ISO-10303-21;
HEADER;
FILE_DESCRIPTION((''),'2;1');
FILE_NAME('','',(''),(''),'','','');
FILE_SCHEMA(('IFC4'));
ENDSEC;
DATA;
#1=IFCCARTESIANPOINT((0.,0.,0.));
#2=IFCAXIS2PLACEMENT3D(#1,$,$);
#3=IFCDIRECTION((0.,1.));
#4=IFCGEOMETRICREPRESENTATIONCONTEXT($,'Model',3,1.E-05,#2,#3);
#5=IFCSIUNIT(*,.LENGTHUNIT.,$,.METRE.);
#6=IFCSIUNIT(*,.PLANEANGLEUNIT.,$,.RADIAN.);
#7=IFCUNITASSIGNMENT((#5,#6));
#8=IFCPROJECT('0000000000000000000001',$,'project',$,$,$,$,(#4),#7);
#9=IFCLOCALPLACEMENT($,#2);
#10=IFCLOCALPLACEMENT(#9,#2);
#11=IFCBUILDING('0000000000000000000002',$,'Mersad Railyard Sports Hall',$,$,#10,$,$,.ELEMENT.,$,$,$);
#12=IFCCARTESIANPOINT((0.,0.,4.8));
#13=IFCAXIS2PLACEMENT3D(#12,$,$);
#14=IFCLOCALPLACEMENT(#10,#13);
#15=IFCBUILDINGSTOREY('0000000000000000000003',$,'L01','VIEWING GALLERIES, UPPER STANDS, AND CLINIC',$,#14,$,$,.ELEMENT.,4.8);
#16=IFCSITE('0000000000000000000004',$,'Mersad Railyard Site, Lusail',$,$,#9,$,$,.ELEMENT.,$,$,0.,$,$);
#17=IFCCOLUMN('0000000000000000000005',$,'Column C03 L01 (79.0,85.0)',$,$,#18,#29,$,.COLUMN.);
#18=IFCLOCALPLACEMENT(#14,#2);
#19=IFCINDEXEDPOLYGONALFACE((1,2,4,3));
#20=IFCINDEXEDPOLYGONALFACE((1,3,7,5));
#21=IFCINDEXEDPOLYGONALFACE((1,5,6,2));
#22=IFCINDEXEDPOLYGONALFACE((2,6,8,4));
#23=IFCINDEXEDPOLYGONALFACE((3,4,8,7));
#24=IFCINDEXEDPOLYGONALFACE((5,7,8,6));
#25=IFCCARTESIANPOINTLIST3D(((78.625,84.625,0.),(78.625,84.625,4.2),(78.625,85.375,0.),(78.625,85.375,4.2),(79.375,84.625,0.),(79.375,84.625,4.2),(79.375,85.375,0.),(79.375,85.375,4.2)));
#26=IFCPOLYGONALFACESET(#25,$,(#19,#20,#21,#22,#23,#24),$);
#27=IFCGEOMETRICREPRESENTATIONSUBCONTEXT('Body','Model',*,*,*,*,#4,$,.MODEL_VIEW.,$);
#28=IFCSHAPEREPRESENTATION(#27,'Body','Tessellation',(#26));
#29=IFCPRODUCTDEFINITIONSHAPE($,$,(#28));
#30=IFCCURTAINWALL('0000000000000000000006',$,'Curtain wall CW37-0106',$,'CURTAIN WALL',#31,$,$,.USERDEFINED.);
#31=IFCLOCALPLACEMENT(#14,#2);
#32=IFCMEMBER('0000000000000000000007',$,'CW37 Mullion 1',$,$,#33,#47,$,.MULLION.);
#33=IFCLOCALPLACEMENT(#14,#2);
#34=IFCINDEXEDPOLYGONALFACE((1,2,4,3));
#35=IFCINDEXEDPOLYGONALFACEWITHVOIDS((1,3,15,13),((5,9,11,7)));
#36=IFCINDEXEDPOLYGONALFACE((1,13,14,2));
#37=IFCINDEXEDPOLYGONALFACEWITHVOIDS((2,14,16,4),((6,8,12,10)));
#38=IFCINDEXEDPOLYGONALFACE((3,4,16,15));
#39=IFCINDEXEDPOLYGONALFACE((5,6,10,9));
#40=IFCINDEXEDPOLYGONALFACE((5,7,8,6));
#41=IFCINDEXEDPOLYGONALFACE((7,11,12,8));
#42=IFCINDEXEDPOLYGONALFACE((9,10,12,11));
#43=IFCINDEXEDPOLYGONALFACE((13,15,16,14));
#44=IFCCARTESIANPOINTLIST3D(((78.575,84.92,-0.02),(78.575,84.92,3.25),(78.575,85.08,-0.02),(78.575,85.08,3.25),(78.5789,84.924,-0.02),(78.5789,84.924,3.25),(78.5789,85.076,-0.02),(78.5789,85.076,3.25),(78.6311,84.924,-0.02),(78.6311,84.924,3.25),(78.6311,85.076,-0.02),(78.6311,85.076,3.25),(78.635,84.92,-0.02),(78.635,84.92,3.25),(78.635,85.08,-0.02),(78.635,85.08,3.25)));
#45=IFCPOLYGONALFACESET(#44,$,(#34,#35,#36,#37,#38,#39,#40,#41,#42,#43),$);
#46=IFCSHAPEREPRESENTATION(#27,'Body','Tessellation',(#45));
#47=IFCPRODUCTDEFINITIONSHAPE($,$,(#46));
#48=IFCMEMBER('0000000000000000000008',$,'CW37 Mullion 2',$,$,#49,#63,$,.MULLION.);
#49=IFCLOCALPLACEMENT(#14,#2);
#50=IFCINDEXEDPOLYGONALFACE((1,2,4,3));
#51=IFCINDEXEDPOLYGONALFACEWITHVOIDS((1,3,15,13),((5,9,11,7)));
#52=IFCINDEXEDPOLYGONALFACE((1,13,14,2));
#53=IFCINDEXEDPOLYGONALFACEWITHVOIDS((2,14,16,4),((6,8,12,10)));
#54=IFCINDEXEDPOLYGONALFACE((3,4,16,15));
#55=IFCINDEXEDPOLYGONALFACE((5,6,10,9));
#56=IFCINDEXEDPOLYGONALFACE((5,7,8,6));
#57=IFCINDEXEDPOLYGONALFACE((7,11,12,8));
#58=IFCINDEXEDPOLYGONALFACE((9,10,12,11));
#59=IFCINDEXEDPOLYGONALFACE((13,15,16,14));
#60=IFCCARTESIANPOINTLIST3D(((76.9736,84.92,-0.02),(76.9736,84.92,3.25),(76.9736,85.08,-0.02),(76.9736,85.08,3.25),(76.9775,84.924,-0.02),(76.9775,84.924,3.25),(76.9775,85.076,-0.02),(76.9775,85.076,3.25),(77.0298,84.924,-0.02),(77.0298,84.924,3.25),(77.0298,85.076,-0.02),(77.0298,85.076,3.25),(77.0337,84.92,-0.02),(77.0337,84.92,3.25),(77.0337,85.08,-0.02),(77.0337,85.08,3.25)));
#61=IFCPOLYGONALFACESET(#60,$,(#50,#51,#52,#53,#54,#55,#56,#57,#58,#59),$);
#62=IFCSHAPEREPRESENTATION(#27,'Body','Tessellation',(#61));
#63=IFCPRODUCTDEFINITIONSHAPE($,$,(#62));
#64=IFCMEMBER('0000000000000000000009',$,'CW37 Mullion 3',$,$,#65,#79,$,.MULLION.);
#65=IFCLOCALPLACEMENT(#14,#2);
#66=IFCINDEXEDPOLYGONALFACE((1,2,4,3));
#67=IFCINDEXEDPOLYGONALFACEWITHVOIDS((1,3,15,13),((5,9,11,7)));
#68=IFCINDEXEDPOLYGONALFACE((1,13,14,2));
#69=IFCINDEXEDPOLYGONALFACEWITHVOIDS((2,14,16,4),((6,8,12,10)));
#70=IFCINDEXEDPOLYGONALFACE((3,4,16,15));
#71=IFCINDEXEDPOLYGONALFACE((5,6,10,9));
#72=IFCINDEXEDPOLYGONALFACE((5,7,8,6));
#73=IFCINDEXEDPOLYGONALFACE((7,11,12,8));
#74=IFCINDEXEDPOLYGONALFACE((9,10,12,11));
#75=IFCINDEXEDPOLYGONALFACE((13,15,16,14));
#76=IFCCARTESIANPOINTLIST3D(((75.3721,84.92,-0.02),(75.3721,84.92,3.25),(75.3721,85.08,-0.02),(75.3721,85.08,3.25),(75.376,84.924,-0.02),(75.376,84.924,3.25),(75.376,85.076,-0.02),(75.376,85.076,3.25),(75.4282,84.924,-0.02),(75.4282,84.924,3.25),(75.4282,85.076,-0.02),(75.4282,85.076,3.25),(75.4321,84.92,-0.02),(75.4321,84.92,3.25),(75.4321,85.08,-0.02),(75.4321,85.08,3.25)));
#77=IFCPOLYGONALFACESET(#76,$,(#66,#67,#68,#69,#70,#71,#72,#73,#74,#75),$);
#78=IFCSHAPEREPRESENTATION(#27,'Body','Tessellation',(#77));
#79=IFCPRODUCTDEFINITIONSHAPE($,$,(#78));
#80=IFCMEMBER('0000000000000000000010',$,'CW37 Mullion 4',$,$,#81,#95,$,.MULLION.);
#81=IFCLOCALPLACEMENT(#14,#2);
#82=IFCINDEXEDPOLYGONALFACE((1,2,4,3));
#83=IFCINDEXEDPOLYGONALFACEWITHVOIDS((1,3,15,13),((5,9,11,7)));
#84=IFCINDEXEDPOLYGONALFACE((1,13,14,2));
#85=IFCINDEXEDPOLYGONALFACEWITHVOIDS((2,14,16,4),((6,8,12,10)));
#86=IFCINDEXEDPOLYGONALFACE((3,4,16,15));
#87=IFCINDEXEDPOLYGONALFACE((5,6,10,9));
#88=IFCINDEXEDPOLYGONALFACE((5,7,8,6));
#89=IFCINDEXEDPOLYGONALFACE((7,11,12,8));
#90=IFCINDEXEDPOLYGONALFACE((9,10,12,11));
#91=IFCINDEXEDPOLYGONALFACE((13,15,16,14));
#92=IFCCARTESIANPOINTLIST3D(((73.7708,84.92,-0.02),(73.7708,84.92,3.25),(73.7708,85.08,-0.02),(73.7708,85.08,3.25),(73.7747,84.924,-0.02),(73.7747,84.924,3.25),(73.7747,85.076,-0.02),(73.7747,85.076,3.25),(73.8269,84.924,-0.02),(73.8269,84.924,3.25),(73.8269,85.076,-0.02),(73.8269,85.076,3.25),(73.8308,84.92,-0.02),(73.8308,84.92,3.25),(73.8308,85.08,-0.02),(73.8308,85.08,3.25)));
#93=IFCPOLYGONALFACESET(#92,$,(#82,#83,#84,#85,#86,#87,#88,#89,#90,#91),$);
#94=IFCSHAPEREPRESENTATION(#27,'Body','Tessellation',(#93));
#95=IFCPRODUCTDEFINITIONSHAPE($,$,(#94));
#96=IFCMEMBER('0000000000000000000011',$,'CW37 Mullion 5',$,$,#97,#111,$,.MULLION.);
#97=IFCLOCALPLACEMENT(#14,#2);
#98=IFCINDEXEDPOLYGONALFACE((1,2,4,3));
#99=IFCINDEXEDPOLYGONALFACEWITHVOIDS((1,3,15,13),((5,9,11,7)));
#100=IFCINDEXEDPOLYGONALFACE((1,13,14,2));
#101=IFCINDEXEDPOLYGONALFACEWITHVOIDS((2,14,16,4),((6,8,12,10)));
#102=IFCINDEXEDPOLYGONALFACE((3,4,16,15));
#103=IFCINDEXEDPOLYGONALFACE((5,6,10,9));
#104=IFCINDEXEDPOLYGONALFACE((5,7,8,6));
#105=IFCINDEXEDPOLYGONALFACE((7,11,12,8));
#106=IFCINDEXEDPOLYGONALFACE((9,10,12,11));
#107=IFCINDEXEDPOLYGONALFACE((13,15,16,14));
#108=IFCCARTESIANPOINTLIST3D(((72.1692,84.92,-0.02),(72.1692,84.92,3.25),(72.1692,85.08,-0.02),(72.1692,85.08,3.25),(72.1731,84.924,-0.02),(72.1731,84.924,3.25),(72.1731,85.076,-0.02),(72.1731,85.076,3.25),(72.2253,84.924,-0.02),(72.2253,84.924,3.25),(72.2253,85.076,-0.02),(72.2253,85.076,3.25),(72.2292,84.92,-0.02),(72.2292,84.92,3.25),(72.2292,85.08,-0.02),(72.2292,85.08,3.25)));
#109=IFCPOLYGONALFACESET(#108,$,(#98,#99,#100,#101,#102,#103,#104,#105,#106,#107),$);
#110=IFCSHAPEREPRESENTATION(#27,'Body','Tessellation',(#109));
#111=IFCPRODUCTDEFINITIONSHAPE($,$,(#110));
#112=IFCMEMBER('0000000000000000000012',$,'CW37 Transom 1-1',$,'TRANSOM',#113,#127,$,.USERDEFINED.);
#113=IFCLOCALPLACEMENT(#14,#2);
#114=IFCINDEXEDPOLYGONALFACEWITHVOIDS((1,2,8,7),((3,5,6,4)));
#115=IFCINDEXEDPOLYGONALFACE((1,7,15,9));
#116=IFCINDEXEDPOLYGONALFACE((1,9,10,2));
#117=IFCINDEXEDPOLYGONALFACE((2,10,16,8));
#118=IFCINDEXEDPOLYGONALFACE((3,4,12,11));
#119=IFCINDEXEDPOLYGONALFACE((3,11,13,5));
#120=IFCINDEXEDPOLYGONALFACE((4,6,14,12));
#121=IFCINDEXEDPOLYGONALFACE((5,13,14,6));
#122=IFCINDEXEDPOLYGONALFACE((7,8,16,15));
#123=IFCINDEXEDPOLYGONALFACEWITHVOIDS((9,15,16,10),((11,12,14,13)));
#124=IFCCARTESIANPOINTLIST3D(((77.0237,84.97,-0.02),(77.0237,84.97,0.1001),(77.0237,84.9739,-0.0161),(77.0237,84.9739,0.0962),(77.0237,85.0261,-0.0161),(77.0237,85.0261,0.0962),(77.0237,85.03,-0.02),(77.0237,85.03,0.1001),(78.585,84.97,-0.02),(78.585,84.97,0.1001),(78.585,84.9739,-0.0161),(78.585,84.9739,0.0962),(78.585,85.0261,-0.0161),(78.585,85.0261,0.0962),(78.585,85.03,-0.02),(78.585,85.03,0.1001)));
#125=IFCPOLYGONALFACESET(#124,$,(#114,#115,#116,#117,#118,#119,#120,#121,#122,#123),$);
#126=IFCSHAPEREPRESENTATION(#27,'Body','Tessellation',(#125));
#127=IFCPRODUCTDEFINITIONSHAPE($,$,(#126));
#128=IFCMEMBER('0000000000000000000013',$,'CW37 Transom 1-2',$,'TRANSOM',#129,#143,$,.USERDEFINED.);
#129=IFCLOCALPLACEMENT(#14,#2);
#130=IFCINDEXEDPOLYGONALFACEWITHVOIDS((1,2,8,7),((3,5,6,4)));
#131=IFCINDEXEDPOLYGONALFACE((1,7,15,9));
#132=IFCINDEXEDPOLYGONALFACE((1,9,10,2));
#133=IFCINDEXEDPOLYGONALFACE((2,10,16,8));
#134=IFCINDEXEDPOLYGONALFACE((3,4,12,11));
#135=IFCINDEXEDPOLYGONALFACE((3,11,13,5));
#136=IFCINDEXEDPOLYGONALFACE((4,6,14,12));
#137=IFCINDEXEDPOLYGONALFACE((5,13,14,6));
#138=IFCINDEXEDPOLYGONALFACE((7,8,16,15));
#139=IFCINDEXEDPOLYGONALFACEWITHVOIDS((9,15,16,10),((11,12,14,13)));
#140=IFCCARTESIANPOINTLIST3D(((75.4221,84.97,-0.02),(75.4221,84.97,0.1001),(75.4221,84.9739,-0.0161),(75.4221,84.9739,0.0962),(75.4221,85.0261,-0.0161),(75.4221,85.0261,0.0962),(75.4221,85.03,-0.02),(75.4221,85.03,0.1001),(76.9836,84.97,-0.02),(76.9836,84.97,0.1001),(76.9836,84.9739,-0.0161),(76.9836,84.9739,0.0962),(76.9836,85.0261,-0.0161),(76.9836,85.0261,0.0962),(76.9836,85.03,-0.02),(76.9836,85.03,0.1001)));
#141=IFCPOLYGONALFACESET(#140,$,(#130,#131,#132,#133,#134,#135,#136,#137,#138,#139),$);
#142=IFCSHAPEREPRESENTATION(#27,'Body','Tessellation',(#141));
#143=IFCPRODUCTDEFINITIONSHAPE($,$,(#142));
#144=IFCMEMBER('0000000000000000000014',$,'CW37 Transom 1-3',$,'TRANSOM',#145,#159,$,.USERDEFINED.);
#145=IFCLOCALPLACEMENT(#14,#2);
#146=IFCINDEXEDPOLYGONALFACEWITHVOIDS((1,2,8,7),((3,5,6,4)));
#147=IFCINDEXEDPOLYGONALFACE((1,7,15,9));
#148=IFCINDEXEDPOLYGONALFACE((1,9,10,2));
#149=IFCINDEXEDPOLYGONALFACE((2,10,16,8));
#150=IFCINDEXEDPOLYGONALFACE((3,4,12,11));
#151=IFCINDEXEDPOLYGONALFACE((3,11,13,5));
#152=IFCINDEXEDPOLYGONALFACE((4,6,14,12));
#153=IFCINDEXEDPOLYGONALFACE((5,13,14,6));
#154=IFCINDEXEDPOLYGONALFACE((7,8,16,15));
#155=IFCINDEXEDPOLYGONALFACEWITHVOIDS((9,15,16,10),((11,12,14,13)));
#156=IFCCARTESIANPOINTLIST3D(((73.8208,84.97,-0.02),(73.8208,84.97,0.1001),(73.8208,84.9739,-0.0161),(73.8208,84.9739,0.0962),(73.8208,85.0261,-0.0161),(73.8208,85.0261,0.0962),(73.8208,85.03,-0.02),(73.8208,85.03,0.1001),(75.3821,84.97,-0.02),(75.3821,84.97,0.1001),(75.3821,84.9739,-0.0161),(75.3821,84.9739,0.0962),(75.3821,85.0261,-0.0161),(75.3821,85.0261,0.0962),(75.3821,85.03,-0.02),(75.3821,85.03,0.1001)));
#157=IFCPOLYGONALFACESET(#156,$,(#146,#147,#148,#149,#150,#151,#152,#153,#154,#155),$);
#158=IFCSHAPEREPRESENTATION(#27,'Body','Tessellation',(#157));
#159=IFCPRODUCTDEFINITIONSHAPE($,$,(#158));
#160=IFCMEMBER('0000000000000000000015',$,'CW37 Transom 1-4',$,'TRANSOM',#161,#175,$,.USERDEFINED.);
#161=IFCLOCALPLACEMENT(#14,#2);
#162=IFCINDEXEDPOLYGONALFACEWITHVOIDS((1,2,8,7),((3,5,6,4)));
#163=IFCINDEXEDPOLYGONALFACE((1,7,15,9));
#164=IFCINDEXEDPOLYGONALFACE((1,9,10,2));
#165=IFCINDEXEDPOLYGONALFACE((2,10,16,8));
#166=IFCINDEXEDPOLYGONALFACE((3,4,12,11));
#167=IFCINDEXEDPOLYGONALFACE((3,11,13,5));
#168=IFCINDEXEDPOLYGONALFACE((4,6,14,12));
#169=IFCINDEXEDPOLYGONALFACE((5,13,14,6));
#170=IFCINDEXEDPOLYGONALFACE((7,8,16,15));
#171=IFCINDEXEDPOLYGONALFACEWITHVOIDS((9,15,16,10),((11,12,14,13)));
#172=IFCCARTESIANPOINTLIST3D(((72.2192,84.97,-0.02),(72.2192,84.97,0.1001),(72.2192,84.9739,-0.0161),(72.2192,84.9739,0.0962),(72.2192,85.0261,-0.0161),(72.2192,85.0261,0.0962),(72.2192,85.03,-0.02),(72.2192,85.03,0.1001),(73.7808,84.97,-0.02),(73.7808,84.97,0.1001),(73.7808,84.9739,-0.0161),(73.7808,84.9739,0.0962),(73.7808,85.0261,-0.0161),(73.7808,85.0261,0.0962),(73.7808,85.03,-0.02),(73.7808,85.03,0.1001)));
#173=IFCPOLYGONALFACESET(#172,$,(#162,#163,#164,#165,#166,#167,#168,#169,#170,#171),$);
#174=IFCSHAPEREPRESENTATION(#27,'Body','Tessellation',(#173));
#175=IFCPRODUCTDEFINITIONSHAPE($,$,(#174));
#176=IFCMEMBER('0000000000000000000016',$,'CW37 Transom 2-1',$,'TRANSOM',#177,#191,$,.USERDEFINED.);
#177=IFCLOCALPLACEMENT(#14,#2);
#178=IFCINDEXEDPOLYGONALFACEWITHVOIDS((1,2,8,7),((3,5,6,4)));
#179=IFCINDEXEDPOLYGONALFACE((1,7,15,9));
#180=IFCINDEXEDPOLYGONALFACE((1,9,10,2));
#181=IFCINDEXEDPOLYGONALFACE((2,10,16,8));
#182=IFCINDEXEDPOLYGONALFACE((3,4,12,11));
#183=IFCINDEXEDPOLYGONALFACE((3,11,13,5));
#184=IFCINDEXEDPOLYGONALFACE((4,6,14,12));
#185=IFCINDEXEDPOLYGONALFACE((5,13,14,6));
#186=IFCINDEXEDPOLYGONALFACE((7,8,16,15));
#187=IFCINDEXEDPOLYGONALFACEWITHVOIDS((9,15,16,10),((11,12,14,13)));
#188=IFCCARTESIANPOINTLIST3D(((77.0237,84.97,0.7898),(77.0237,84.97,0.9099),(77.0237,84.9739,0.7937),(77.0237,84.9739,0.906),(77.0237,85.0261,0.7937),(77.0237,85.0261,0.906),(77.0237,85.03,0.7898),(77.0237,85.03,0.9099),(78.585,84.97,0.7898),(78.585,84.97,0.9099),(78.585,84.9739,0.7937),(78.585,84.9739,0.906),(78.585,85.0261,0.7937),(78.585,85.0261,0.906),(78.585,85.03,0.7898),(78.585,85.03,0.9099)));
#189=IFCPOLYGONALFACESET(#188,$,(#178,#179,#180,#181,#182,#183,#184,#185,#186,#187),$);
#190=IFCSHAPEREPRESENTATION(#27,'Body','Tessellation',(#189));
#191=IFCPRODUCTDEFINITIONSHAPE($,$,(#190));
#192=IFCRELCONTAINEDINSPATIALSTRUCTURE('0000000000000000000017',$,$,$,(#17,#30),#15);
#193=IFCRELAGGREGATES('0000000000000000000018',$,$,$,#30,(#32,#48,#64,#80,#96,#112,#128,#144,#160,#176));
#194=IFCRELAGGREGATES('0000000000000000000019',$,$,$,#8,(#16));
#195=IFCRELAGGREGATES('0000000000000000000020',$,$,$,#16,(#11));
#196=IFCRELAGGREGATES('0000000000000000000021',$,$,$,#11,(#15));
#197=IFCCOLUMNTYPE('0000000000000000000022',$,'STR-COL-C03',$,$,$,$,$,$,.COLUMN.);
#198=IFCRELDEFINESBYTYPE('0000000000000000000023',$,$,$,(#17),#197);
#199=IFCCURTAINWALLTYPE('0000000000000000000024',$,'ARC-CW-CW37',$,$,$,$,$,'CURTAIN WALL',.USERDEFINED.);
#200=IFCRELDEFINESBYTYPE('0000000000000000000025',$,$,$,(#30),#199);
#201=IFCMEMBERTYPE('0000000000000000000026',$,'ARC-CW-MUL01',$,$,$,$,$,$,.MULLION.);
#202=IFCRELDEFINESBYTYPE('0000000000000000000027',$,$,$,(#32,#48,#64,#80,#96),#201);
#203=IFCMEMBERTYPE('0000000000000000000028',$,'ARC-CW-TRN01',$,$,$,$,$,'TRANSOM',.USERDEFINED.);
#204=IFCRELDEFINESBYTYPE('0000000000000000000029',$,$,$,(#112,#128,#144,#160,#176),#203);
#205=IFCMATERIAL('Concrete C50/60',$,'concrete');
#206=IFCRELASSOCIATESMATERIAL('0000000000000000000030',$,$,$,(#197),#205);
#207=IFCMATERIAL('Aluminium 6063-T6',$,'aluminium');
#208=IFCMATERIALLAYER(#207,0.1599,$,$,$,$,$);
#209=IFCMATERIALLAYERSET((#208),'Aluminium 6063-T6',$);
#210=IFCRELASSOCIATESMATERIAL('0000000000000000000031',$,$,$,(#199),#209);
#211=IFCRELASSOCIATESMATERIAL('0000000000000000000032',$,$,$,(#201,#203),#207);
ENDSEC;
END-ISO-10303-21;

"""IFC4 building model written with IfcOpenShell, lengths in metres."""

from ifc_helpers import new_model, si_unit, direction, frame, origin, origin_2d, place, context, subcontext, project, spatial, rectangle, hollow_rectangle, extrude, material, layer, layer_set, material_profile, profile_set, type_object, element, aggregate, save


model = new_model("IFC4")

# Units and contexts
model_context = context("Model", 3, precision=1e-05, world=origin(), true_north=direction((0.0, 1.0)))
body_context = subcontext(model_context, "Body", "Model", "MODEL_VIEW")
ifc_project = project(units=[si_unit("LENGTHUNIT", "METRE"), si_unit("PLANEANGLEUNIT", "RADIAN")], contexts=[model_context])

# Site, building, storey
site_placement = place(None, origin())
site = spatial("IfcSite", under=ifc_project, at=site_placement, Name="Mersad Railyard Site, Lusail", CompositionType="ELEMENT", RefElevation=0.0)
building_placement = place(site_placement, origin())
building = spatial("IfcBuilding", under=site, at=building_placement, Name="Mersad Railyard Sports Hall", CompositionType="ELEMENT")
storey_placement = place(building_placement, frame((0.0, 0.0, 4.8)))
storey = spatial("IfcBuildingStorey", under=building, at=storey_placement, Name="L01", Description="VIEWING GALLERIES, UPPER STANDS, AND CLINIC", CompositionType="ELEMENT", Elevation=4.8)

# Column
ifc_material_1 = material(Name="Concrete C50/60", Category="concrete")
ifc_material_profile_1 = material_profile(ifc_material_1, rectangle(XDim=0.75, YDim=0.75, at=origin_2d()), Name="RC 750x750")
ifc_profile_set_1 = profile_set([ifc_material_profile_1], Name="Concrete C50/60")
column_type = type_object("IfcColumnType", Name="STR-COL-C03", PredefinedType="COLUMN", material=ifc_profile_set_1)
column_placement = place(storey_placement, frame((79.0, 85.0, 0.0), z_axis=(0.0, 0.0, 1.0), x_axis=(1.0, 0.0, 0.0)))
element("IfcColumn", 1, at=column_placement, inside=storey, type_object=column_type, Name="Column C03 L01 (79.0,85.0)", PredefinedType="COLUMN", context=body_context, shape_type="SweptSolid", body=[
    extrude(rectangle(XDim=0.75, YDim=0.75, at=origin_2d()), origin(), (0.0, 0.0, 1.0), 4.2),
])

# Curtain wall, members
ifc_material_2 = material(Name="Aluminium 6063-T6", Category="aluminium")
ifc_layer_1 = layer(ifc_material_2, 0.1599)
ifc_layer_set_1 = layer_set([ifc_layer_1], Name="Aluminium 6063-T6")
curtain_wall_type = type_object("IfcCurtainWallType", Name="ARC-CW-CW37", ElementType="CURTAIN WALL", PredefinedType="USERDEFINED", material=ifc_layer_set_1)
curtain_wall_placement = place(storey_placement, origin())
curtain_wall = element("IfcCurtainWall", 2, at=curtain_wall_placement, inside=storey, type_object=curtain_wall_type, Name="Curtain wall CW37-0106", ObjectType="CURTAIN WALL", PredefinedType="USERDEFINED")
ifc_material_profile_2 = material_profile(ifc_material_2, hollow_rectangle(XDim=0.0601, YDim=0.1599, WallThickness=0.0039, at=origin_2d()), Name="AL MULLION 60x160x4")
ifc_profile_set_2 = profile_set([ifc_material_profile_2], Name="Aluminium 6063-T6")
member_type_1 = type_object("IfcMemberType", Name="ARC-CW-MUL01", PredefinedType="MULLION", material=ifc_profile_set_2)
member_1_placement = place(storey_placement, frame((78.605, 85.0, -0.02), z_axis=(0.0, 0.0, 1.0), x_axis=(1.0, 0.0, 0.0)))
member_1 = element("IfcMember", 3, at=member_1_placement, type_object=member_type_1, Name="CW37 Mullion 1", PredefinedType="MULLION", context=body_context, shape_type="SweptSolid", body=[
    extrude(hollow_rectangle(XDim=0.0601, YDim=0.1599, WallThickness=0.0039, at=origin_2d()), origin(), (0.0, 0.0, 1.0), 3.27),
])
member_2_placement = place(storey_placement, frame((77.0037, 85.0, -0.02), z_axis=(0.0, 0.0, 1.0), x_axis=(1.0, 0.0, 0.0)))
member_2 = element("IfcMember", 4, at=member_2_placement, type_object=member_type_1, Name="CW37 Mullion 2", PredefinedType="MULLION", context=body_context, shape_type="SweptSolid", body=[
    extrude(hollow_rectangle(XDim=0.0601, YDim=0.1599, WallThickness=0.0039, at=origin_2d()), origin(), (0.0, 0.0, 1.0), 3.27),
])
member_3_placement = place(storey_placement, frame((75.4021, 85.0, -0.02), z_axis=(0.0, 0.0, 1.0), x_axis=(1.0, 0.0, 0.0)))
member_3 = element("IfcMember", 5, at=member_3_placement, type_object=member_type_1, Name="CW37 Mullion 3", PredefinedType="MULLION", context=body_context, shape_type="SweptSolid", body=[
    extrude(hollow_rectangle(XDim=0.0601, YDim=0.1599, WallThickness=0.0039, at=origin_2d()), origin(), (0.0, 0.0, 1.0), 3.27),
])
member_4_placement = place(storey_placement, frame((73.8008, 85.0, -0.02), z_axis=(0.0, 0.0, 1.0), x_axis=(1.0, 0.0, 0.0)))
member_4 = element("IfcMember", 6, at=member_4_placement, type_object=member_type_1, Name="CW37 Mullion 4", PredefinedType="MULLION", context=body_context, shape_type="SweptSolid", body=[
    extrude(hollow_rectangle(XDim=0.0601, YDim=0.1599, WallThickness=0.0039, at=origin_2d()), origin(), (0.0, 0.0, 1.0), 3.27),
])
member_5_placement = place(storey_placement, frame((72.1992, 85.0, -0.02), z_axis=(0.0, 0.0, 1.0), x_axis=(1.0, 0.0, 0.0)))
member_5 = element("IfcMember", 7, at=member_5_placement, type_object=member_type_1, Name="CW37 Mullion 5", PredefinedType="MULLION", context=body_context, shape_type="SweptSolid", body=[
    extrude(hollow_rectangle(XDim=0.0601, YDim=0.1599, WallThickness=0.0039, at=origin_2d()), origin(), (0.0, 0.0, 1.0), 3.27),
])
ifc_material_profile_3 = material_profile(ifc_material_2, hollow_rectangle(XDim=0.0601, YDim=0.1201, WallThickness=0.0039, at=origin_2d()), Name="AL TRANSOM 60x120x4")
ifc_profile_set_3 = profile_set([ifc_material_profile_3], Name="Aluminium 6063-T6")
member_type_2 = type_object("IfcMemberType", Name="ARC-CW-TRN01", ElementType="TRANSOM", PredefinedType="USERDEFINED", material=ifc_profile_set_3)
member_6_placement = place(storey_placement, frame((78.585, 85.0, 0.04), z_axis=(-1.0, 0.0, 0.0), x_axis=(0.0, -1.0, 0.0)))
member_6 = element("IfcMember", 8, at=member_6_placement, type_object=member_type_2, Name="CW37 Transom 1-1", ObjectType="TRANSOM", PredefinedType="USERDEFINED", context=body_context, shape_type="SweptSolid", body=[
    extrude(hollow_rectangle(XDim=0.0601, YDim=0.1201, WallThickness=0.0039, at=origin_2d()), origin(), (0.0, 0.0, 1.0), 1.5613),
])
member_7_placement = place(storey_placement, frame((76.9836, 85.0, 0.04), z_axis=(-1.0, 0.0, 0.0), x_axis=(0.0, -1.0, 0.0)))
member_7 = element("IfcMember", 9, at=member_7_placement, type_object=member_type_2, Name="CW37 Transom 1-2", ObjectType="TRANSOM", PredefinedType="USERDEFINED", context=body_context, shape_type="SweptSolid", body=[
    extrude(hollow_rectangle(XDim=0.0601, YDim=0.1201, WallThickness=0.0039, at=origin_2d()), origin(), (0.0, 0.0, 1.0), 1.5615),
])
member_8_placement = place(storey_placement, frame((75.3821, 85.0, 0.04), z_axis=(-1.0, 0.0, 0.0), x_axis=(0.0, -1.0, 0.0)))
member_8 = element("IfcMember", 10, at=member_8_placement, type_object=member_type_2, Name="CW37 Transom 1-3", ObjectType="TRANSOM", PredefinedType="USERDEFINED", context=body_context, shape_type="SweptSolid", body=[
    extrude(hollow_rectangle(XDim=0.0601, YDim=0.1201, WallThickness=0.0039, at=origin_2d()), origin(), (0.0, 0.0, 1.0), 1.5613),
])
member_9_placement = place(storey_placement, frame((73.7808, 85.0, 0.04), z_axis=(-1.0, 0.0, 0.0), x_axis=(0.0, -1.0, 0.0)))
member_9 = element("IfcMember", 11, at=member_9_placement, type_object=member_type_2, Name="CW37 Transom 1-4", ObjectType="TRANSOM", PredefinedType="USERDEFINED", context=body_context, shape_type="SweptSolid", body=[
    extrude(hollow_rectangle(XDim=0.0601, YDim=0.1201, WallThickness=0.0039, at=origin_2d()), origin(), (0.0, 0.0, 1.0), 1.5615),
])
member_10_placement = place(storey_placement, frame((78.585, 85.0, 0.8499), z_axis=(-1.0, 0.0, 0.0), x_axis=(0.0, -1.0, 0.0)))
member_10 = element("IfcMember", 12, at=member_10_placement, type_object=member_type_2, Name="CW37 Transom 2-1", ObjectType="TRANSOM", PredefinedType="USERDEFINED", context=body_context, shape_type="SweptSolid", body=[
    extrude(hollow_rectangle(XDim=0.0601, YDim=0.1201, WallThickness=0.0039, at=origin_2d()), origin(), (0.0, 0.0, 1.0), 1.5613),
])

aggregate(curtain_wall, [member_1, member_2, member_3, member_4, member_5, member_6, member_7, member_8, member_9, member_10])

save(model, "model.ifc")
